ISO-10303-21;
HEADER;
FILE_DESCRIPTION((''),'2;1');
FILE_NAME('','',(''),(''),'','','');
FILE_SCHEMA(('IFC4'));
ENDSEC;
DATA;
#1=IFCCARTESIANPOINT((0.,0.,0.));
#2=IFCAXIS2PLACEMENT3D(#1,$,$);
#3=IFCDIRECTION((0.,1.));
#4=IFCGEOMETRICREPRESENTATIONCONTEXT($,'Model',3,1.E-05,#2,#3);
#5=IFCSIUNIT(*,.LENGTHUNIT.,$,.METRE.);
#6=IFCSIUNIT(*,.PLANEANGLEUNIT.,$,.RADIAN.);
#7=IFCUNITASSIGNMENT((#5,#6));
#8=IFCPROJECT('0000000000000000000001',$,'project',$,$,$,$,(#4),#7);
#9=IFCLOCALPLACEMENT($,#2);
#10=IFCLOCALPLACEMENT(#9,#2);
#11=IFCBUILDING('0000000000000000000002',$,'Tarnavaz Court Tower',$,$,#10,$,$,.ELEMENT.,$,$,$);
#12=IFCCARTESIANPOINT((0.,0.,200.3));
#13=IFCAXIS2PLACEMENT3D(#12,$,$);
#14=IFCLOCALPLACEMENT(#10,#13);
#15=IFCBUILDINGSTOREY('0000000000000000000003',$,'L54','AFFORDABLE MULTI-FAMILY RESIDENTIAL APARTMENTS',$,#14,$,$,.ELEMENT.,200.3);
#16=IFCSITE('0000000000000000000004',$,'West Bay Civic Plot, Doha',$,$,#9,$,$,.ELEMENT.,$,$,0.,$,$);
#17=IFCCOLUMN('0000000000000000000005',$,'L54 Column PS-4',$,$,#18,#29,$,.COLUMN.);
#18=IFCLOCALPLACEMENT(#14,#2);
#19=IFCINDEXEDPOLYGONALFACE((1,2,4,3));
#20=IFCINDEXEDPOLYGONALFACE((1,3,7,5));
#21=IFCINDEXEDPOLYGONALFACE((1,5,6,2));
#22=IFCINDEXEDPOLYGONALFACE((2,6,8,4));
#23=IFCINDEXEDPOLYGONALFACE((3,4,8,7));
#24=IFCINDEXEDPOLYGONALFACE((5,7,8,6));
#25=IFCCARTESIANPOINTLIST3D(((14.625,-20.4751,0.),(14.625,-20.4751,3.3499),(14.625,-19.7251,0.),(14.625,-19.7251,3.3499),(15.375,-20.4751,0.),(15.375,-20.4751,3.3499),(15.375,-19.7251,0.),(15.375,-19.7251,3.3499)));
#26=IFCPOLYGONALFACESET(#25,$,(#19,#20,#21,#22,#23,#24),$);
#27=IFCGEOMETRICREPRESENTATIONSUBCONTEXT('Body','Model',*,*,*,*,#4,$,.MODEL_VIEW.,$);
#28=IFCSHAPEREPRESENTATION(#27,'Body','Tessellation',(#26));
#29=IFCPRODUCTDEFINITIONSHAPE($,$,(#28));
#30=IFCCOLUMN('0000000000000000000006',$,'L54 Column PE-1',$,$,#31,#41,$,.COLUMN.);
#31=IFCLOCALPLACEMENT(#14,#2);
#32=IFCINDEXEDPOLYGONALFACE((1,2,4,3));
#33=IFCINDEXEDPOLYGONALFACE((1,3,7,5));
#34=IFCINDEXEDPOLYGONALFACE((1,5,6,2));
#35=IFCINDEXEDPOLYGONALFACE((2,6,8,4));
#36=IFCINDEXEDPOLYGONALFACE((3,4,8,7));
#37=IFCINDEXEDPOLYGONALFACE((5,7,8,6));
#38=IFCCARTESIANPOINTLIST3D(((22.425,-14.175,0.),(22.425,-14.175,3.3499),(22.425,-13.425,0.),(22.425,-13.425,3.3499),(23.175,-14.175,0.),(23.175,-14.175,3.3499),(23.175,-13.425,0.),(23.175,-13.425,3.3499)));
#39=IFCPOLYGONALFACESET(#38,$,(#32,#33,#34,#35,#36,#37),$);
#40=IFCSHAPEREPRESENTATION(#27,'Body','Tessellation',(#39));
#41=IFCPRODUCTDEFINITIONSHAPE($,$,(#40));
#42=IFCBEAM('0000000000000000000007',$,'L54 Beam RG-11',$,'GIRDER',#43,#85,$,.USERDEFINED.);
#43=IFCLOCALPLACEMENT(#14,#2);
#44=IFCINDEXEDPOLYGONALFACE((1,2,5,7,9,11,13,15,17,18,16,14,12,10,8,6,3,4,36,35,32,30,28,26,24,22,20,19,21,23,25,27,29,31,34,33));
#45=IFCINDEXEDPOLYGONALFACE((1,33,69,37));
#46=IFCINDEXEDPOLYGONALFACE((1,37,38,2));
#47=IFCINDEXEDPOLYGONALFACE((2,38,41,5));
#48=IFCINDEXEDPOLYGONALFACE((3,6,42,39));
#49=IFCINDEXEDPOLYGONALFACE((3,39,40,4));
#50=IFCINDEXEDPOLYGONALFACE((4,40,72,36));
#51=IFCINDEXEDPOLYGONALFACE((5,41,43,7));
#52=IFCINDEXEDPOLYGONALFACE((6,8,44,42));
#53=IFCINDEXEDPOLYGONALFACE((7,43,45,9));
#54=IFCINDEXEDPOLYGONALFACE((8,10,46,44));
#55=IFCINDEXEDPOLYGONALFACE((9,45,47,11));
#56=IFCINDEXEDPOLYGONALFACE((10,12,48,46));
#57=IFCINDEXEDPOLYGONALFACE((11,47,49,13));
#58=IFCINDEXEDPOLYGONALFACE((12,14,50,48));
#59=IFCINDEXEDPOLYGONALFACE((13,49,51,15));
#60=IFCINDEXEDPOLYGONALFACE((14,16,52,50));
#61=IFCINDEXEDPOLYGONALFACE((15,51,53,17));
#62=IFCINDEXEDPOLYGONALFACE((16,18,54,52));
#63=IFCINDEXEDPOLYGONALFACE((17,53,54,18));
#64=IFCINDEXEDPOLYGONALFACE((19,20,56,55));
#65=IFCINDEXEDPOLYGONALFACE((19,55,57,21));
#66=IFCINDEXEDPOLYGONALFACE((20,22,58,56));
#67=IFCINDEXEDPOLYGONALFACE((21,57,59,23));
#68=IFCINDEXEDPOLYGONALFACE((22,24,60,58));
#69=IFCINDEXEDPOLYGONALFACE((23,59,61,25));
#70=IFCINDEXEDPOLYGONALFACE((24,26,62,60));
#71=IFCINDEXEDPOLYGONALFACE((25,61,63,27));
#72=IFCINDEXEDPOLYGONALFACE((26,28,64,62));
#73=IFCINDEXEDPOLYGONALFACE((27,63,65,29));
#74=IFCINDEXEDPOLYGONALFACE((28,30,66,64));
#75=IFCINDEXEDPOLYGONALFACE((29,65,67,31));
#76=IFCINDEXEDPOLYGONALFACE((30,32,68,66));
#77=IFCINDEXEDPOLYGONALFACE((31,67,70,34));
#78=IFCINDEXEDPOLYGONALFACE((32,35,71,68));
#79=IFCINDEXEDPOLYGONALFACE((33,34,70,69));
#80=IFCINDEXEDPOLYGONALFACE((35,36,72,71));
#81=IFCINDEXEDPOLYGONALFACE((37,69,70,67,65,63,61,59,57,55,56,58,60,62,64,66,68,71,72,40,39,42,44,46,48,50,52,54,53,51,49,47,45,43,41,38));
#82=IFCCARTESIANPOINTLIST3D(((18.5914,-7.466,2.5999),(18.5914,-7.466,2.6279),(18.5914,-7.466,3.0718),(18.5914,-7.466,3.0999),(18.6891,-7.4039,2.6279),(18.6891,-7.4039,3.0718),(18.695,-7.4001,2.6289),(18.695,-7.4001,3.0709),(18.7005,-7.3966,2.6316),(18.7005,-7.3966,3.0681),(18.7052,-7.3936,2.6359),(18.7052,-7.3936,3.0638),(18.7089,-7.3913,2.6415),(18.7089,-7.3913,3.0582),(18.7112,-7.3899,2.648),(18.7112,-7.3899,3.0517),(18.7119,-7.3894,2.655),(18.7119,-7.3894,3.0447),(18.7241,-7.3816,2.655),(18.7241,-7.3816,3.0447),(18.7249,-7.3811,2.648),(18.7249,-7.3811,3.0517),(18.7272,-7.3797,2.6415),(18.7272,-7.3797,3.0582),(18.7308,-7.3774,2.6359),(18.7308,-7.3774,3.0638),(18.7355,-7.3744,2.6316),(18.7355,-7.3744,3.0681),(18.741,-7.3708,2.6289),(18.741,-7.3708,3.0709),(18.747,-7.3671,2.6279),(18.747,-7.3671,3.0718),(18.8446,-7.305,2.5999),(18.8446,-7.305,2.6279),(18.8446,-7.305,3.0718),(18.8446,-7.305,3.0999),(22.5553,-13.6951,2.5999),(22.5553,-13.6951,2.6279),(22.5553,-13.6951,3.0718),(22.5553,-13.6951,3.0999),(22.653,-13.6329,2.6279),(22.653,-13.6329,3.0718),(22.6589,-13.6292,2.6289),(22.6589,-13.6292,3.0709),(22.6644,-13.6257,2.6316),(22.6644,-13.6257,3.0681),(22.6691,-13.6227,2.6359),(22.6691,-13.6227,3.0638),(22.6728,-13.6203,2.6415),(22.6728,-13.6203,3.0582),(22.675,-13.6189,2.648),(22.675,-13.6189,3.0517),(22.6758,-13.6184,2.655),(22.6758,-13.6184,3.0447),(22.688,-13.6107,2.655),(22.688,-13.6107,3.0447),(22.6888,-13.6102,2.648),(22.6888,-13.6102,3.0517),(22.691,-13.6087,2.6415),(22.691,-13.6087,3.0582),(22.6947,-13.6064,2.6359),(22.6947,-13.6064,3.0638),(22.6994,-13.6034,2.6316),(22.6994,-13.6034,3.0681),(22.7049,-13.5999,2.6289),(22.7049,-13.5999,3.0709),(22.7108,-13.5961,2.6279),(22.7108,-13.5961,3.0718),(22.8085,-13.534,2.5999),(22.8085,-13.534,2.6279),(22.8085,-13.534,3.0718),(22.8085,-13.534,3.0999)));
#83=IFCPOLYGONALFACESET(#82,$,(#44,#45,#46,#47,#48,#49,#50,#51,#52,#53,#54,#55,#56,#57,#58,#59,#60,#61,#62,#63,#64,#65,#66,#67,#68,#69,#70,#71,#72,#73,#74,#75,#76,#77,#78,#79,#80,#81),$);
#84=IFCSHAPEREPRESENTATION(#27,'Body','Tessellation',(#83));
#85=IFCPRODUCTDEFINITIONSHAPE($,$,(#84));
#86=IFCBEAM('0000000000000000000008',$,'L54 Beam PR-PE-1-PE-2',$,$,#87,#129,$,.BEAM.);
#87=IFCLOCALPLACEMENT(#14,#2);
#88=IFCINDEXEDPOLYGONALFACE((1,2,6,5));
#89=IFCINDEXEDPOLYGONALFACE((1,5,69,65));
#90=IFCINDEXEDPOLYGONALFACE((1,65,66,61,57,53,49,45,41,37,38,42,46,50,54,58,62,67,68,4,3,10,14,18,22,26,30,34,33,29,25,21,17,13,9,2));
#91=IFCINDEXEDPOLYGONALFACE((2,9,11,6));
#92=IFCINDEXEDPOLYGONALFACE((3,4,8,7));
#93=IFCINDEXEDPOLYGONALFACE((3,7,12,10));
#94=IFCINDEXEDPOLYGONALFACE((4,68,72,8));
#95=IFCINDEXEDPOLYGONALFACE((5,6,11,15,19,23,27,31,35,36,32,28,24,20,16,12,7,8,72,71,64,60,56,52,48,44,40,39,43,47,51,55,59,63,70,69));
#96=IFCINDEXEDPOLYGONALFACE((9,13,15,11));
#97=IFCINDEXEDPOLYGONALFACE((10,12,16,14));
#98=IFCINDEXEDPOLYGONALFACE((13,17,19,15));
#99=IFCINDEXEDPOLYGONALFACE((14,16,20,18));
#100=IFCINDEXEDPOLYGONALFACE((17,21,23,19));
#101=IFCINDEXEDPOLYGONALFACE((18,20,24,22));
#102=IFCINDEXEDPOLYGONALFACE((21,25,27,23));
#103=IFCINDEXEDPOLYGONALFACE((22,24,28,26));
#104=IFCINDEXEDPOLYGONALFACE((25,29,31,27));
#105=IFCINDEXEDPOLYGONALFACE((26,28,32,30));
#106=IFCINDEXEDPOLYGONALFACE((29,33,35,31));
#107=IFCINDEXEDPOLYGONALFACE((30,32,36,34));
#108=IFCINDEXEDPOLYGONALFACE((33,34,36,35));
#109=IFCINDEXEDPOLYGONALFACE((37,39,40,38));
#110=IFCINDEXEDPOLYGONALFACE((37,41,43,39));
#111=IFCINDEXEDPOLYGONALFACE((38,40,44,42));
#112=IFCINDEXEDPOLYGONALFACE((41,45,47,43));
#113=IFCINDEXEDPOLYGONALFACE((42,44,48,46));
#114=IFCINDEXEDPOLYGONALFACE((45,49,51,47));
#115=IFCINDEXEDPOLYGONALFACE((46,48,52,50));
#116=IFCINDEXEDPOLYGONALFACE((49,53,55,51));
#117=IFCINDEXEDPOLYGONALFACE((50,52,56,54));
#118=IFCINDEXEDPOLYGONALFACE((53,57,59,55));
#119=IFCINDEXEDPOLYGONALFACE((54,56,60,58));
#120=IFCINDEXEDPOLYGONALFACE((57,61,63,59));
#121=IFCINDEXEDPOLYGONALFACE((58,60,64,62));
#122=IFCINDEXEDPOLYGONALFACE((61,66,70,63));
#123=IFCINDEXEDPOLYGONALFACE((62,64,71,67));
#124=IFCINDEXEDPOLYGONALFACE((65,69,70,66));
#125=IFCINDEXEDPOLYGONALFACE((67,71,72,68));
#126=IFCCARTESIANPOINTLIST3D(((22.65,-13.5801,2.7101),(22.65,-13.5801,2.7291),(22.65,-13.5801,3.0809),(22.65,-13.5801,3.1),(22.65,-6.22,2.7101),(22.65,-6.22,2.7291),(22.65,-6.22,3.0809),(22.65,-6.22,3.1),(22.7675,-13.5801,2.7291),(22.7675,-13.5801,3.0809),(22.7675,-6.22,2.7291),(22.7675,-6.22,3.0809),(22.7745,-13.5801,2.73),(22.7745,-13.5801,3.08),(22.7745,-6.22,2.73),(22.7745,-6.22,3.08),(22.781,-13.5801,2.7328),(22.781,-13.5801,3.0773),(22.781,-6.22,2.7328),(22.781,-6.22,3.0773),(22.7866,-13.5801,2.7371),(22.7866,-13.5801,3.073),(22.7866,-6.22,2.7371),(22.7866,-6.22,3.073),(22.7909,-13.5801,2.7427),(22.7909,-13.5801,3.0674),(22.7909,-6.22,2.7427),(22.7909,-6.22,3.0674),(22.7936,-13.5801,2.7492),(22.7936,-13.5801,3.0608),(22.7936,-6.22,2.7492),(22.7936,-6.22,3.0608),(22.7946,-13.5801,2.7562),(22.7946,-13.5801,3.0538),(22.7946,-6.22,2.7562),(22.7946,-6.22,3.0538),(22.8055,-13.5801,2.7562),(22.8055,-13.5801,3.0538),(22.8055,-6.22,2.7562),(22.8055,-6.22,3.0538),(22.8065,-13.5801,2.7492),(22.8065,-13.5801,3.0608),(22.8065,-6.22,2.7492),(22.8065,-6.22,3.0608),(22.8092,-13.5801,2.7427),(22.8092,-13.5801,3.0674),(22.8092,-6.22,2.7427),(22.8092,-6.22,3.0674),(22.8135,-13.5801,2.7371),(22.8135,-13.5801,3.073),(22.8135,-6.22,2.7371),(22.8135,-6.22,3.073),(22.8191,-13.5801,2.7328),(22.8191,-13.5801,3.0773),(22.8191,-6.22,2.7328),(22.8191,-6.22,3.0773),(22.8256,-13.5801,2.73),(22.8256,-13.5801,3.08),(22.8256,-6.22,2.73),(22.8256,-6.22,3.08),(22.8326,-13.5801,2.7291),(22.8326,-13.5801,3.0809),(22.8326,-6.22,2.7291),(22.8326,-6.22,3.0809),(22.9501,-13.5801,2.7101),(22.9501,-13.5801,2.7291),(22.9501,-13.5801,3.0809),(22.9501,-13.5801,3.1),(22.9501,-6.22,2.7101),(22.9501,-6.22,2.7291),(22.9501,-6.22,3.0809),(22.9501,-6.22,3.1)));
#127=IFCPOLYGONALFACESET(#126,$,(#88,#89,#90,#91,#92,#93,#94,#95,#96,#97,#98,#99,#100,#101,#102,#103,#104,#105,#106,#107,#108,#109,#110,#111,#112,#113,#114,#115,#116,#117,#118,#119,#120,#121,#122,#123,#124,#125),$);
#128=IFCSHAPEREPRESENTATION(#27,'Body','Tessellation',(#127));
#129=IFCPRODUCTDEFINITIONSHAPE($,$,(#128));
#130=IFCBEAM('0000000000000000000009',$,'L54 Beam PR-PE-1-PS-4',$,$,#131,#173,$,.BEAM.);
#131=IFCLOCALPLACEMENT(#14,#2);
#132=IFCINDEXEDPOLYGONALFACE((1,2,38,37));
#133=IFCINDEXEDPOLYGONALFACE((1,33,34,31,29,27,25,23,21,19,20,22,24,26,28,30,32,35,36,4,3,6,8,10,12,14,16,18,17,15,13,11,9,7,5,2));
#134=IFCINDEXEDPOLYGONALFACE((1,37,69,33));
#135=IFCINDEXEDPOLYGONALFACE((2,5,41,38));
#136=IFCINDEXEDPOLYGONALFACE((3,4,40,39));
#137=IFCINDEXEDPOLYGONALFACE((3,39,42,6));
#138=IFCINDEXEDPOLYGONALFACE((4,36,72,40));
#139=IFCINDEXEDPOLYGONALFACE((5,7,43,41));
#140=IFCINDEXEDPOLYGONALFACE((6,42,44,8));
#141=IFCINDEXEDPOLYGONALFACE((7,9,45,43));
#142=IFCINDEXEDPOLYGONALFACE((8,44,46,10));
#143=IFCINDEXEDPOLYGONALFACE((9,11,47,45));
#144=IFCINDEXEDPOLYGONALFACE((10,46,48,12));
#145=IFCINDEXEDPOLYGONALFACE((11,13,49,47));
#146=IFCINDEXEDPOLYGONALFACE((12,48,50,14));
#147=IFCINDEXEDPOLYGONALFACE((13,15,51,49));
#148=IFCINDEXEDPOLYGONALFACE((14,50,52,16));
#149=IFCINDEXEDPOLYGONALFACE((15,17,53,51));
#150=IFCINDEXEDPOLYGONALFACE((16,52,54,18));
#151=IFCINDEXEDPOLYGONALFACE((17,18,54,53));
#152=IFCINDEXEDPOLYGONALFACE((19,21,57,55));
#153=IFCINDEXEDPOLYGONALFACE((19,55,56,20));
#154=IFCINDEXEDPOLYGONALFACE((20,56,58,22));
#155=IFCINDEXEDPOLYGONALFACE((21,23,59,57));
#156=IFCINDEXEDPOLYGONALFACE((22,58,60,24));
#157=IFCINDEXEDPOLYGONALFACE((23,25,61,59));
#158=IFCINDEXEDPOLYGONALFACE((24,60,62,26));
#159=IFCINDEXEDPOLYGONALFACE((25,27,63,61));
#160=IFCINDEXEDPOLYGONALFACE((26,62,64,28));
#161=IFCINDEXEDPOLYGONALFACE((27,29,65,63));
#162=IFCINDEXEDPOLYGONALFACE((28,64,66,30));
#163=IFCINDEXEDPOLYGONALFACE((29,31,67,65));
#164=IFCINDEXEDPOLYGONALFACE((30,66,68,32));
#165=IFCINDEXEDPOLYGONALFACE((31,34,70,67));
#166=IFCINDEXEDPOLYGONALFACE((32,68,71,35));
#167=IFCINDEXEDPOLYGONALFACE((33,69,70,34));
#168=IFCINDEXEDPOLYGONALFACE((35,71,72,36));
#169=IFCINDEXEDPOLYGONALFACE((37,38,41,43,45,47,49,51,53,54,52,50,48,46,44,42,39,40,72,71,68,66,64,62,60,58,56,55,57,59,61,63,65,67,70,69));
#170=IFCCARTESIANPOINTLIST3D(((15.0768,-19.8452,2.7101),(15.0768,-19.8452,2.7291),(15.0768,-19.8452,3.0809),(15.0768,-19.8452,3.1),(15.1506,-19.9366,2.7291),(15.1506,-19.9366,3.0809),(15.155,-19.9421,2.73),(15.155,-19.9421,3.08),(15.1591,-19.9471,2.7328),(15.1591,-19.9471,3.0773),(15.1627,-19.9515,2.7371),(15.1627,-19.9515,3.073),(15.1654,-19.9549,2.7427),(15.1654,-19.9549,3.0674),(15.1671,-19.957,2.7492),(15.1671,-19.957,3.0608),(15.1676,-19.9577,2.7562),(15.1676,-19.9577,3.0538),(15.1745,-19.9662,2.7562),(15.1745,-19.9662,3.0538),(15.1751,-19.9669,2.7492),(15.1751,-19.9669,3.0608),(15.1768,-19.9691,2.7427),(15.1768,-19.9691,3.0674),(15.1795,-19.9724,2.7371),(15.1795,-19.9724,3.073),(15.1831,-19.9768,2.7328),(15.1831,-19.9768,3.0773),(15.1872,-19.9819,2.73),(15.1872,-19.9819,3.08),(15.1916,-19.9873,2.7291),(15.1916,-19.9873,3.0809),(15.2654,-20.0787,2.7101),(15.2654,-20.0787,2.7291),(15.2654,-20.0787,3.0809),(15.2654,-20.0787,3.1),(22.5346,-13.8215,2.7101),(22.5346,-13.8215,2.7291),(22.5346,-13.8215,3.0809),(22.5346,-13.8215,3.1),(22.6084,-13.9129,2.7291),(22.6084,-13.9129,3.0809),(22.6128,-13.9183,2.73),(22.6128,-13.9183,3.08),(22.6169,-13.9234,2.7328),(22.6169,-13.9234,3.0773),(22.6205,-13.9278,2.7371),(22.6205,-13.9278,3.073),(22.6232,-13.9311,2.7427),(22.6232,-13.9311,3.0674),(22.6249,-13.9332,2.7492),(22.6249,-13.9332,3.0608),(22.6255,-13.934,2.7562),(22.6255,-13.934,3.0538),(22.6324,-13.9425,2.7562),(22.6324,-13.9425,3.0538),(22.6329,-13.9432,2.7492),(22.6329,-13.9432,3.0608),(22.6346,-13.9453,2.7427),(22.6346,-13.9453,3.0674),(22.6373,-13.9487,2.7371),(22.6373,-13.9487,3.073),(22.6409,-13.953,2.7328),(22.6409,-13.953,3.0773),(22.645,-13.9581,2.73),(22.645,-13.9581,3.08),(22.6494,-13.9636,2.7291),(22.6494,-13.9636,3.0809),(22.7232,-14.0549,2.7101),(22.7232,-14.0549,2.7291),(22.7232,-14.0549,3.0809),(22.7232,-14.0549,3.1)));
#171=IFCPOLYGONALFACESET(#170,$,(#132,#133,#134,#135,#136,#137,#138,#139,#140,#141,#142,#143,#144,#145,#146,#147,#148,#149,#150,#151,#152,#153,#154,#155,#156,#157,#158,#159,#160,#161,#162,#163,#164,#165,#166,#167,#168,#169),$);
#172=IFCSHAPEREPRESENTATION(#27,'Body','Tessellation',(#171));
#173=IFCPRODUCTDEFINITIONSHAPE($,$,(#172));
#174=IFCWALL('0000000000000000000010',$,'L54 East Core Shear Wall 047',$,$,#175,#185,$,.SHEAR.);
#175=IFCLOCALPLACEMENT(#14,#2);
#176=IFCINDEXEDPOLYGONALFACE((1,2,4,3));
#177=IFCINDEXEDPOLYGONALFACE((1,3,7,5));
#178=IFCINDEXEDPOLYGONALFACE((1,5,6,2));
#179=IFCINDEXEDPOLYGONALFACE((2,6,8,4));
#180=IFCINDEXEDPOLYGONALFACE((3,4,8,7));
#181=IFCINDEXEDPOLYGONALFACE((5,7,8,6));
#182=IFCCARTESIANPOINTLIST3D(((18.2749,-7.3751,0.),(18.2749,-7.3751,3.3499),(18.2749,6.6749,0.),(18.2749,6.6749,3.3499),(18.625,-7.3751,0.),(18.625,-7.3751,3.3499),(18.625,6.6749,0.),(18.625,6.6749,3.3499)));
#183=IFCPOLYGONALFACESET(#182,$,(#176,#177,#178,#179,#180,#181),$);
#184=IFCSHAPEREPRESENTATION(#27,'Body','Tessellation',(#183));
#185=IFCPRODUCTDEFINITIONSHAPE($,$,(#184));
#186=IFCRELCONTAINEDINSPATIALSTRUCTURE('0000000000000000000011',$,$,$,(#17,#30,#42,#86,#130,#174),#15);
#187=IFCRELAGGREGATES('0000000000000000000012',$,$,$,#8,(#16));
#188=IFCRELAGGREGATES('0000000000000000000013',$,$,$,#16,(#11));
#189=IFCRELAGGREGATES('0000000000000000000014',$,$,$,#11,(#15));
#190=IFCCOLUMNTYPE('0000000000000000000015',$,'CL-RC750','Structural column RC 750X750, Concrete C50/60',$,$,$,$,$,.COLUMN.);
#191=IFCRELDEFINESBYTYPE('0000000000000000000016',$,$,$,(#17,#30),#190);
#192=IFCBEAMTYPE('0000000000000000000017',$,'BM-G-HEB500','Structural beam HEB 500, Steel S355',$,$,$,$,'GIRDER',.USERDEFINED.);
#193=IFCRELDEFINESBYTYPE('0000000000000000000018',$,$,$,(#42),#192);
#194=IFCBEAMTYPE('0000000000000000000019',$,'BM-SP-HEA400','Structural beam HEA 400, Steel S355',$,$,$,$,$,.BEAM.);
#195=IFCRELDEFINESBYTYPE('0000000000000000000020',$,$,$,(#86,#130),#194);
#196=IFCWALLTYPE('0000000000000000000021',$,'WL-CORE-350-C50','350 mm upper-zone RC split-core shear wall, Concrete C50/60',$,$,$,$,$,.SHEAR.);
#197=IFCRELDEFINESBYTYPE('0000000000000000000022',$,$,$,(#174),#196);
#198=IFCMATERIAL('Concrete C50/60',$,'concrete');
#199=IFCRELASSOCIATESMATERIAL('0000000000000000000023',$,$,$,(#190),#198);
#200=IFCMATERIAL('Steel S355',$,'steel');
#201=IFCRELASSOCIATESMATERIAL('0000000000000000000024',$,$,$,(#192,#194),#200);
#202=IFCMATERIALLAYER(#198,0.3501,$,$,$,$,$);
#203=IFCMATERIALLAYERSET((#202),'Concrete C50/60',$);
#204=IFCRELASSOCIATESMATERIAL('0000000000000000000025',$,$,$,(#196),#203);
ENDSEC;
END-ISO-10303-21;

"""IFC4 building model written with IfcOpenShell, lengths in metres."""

from ifc_helpers import new_model, si_unit, direction, frame, frame_2d, origin, origin_2d, place, context, subcontext, project, spatial, rectangle, i_section, extrude, material, layer, layer_set, material_profile, profile_set, type_object, element, save


model = new_model("IFC4")

# Units and contexts
model_context = context("Model", 3, precision=1e-05, world=origin(), true_north=direction((0.0, 1.0)))
body_context = subcontext(model_context, "Body", "Model", "MODEL_VIEW")
ifc_project = project(units=[si_unit("LENGTHUNIT", "METRE"), si_unit("PLANEANGLEUNIT", "RADIAN")], contexts=[model_context])

# Site, building, storey
site_placement = place(None, origin())
site = spatial("IfcSite", under=ifc_project, at=site_placement, Name="West Bay Civic Plot, Doha", CompositionType="ELEMENT", RefElevation=0.0)
building_placement = place(site_placement, origin())
building = spatial("IfcBuilding", under=site, at=building_placement, Name="Tarnavaz Court Tower", CompositionType="ELEMENT")
storey_placement = place(building_placement, frame((0.0, 0.0, 200.3)))
storey = spatial("IfcBuildingStorey", under=building, at=storey_placement, Name="L54", Description="AFFORDABLE MULTI-FAMILY RESIDENTIAL APARTMENTS", CompositionType="ELEMENT", Elevation=200.3)

# Columns
ifc_material_1 = material(Name="Concrete C50/60", Category="concrete")
ifc_material_profile_1 = material_profile(ifc_material_1, rectangle(XDim=0.75, YDim=0.75, at=origin_2d()), Name="RC 750X750")
ifc_profile_set_1 = profile_set([ifc_material_profile_1], Name="Concrete C50/60")
column_type = type_object("IfcColumnType", Name="CL-RC750", Description="Structural column RC 750X750, Concrete C50/60", PredefinedType="COLUMN", material=ifc_profile_set_1)
for number, where, z_axis, x_axis, name in (
    (1, (15.0, -20.1001, 0.0), (0.0, 0.0, 1.0), (1.0, 0.0, 0.0), "L54 Column PS-4"),
    (2, (22.8, -13.8, 0.0), (0.0, 0.0, 1.0), (1.0, 0.0, 0.0), "L54 Column PE-1"),
):
    element("IfcColumn", number, at=place(storey_placement, frame(where, z_axis=z_axis, x_axis=x_axis)), inside=storey, type_object=column_type, Name=name, PredefinedType="COLUMN", context=body_context, shape_type="SweptSolid", body=[
        extrude(rectangle(XDim=0.75, YDim=0.75, at=origin_2d()), origin(), (0.0, 0.0, 1.0), 3.3499),
    ])

# Beams
ifc_material_2 = material(Name="Steel S355", Category="steel")
ifc_material_profile_2 = material_profile(ifc_material_2, i_section(OverallWidth=0.3, OverallDepth=0.5, WebThickness=0.0144, FlangeThickness=0.0281, FilletRadius=0.0271, at=origin_2d()), Name="HEB 500")
ifc_profile_set_2 = profile_set([ifc_material_profile_2], Name="Steel S355")
beam_type_1 = type_object("IfcBeamType", Name="BM-G-HEB500", Description="Structural beam HEB 500, Steel S355", ElementType="GIRDER", PredefinedType="USERDEFINED", material=ifc_profile_set_2)
beam_1_placement = place(storey_placement, frame((18.718, -7.3855, 2.8499), z_axis=(0.536871, -0.843664, 0.0), x_axis=(0.843664, 0.536871, 0.0)))
element("IfcBeam", 3, at=beam_1_placement, inside=storey, type_object=beam_type_1, Name="L54 Beam RG-11", ObjectType="GIRDER", PredefinedType="USERDEFINED", context=body_context, shape_type="SweptSolid", body=[
    extrude(i_section(OverallWidth=0.3, OverallDepth=0.5, WebThickness=0.0144, FlangeThickness=0.0281, FilletRadius=0.0271, at=origin_2d()), origin(), (0.0, 0.0, 1.0), 7.3833),
])
ifc_material_profile_3 = material_profile(ifc_material_2, i_section(OverallWidth=0.3, OverallDepth=0.3899, WebThickness=0.011, FlangeThickness=0.019, FilletRadius=0.0271, at=origin_2d()), Name="HEA 400")
ifc_profile_set_3 = profile_set([ifc_material_profile_3], Name="Steel S355")
beam_type_2 = type_object("IfcBeamType", Name="BM-SP-HEA400", Description="Structural beam HEA 400, Steel S355", PredefinedType="BEAM", material=ifc_profile_set_3)
beam_2_placement = place(storey_placement, frame((22.8, -13.5801, 2.905), z_axis=(0.0, 1.0, 0.0), x_axis=(-1.0, 0.0, 0.0)))
element("IfcBeam", 4, at=beam_2_placement, inside=storey, type_object=beam_type_2, Name="L54 Beam PR-PE-1-PE-2", PredefinedType="BEAM", context=body_context, shape_type="SweptSolid", body=[
    extrude(i_section(OverallWidth=0.3, OverallDepth=0.3899, WebThickness=0.011, FlangeThickness=0.019, FilletRadius=0.0271, at=origin_2d()), origin(), (0.0, 0.0, 1.0), 7.3601),
])
beam_3_placement = place(storey_placement, frame((22.6289, -13.9382, 2.905), z_axis=(-0.777936, -0.628344, 0.0), x_axis=(0.628344, -0.777936, 0.0)))
element("IfcBeam", 5, at=beam_3_placement, inside=storey, type_object=beam_type_2, Name="L54 Beam PR-PE-1-PS-4", PredefinedType="BEAM", context=body_context, shape_type="SweptSolid", body=[
    extrude(i_section(OverallWidth=0.3, OverallDepth=0.3899, WebThickness=0.011, FlangeThickness=0.019, FilletRadius=0.0271, at=origin_2d()), origin(), (0.0, 0.0, 1.0), 9.5867),
])

# Wall
ifc_layer_1 = layer(ifc_material_1, 0.3501)
ifc_layer_set_1 = layer_set([ifc_layer_1], Name="Concrete C50/60")
wall_type_1 = type_object("IfcWallType", Name="WL-CORE-350-C50", Description="350 mm upper-zone RC split-core shear wall, Concrete C50/60", PredefinedType="SHEAR", material=ifc_layer_set_1)
wall_1_placement = place(storey_placement, frame((18.45, -7.375, 0.0), z_axis=(0.0, 0.0, 1.0), x_axis=(0.0, 1.0, 0.0)))
element("IfcWall", 6, at=wall_1_placement, inside=storey, type_object=wall_type_1, Name="L54 East Core Shear Wall 047", PredefinedType="SHEAR", context=body_context, shape_type="SweptSolid", body=[
    extrude(rectangle(XDim=14.05, YDim=0.3501, at=frame_2d((7.0249, 0.0))), origin(), (0.0, 0.0, 1.0), 3.3499),
])

save(model, "model.ifc")
